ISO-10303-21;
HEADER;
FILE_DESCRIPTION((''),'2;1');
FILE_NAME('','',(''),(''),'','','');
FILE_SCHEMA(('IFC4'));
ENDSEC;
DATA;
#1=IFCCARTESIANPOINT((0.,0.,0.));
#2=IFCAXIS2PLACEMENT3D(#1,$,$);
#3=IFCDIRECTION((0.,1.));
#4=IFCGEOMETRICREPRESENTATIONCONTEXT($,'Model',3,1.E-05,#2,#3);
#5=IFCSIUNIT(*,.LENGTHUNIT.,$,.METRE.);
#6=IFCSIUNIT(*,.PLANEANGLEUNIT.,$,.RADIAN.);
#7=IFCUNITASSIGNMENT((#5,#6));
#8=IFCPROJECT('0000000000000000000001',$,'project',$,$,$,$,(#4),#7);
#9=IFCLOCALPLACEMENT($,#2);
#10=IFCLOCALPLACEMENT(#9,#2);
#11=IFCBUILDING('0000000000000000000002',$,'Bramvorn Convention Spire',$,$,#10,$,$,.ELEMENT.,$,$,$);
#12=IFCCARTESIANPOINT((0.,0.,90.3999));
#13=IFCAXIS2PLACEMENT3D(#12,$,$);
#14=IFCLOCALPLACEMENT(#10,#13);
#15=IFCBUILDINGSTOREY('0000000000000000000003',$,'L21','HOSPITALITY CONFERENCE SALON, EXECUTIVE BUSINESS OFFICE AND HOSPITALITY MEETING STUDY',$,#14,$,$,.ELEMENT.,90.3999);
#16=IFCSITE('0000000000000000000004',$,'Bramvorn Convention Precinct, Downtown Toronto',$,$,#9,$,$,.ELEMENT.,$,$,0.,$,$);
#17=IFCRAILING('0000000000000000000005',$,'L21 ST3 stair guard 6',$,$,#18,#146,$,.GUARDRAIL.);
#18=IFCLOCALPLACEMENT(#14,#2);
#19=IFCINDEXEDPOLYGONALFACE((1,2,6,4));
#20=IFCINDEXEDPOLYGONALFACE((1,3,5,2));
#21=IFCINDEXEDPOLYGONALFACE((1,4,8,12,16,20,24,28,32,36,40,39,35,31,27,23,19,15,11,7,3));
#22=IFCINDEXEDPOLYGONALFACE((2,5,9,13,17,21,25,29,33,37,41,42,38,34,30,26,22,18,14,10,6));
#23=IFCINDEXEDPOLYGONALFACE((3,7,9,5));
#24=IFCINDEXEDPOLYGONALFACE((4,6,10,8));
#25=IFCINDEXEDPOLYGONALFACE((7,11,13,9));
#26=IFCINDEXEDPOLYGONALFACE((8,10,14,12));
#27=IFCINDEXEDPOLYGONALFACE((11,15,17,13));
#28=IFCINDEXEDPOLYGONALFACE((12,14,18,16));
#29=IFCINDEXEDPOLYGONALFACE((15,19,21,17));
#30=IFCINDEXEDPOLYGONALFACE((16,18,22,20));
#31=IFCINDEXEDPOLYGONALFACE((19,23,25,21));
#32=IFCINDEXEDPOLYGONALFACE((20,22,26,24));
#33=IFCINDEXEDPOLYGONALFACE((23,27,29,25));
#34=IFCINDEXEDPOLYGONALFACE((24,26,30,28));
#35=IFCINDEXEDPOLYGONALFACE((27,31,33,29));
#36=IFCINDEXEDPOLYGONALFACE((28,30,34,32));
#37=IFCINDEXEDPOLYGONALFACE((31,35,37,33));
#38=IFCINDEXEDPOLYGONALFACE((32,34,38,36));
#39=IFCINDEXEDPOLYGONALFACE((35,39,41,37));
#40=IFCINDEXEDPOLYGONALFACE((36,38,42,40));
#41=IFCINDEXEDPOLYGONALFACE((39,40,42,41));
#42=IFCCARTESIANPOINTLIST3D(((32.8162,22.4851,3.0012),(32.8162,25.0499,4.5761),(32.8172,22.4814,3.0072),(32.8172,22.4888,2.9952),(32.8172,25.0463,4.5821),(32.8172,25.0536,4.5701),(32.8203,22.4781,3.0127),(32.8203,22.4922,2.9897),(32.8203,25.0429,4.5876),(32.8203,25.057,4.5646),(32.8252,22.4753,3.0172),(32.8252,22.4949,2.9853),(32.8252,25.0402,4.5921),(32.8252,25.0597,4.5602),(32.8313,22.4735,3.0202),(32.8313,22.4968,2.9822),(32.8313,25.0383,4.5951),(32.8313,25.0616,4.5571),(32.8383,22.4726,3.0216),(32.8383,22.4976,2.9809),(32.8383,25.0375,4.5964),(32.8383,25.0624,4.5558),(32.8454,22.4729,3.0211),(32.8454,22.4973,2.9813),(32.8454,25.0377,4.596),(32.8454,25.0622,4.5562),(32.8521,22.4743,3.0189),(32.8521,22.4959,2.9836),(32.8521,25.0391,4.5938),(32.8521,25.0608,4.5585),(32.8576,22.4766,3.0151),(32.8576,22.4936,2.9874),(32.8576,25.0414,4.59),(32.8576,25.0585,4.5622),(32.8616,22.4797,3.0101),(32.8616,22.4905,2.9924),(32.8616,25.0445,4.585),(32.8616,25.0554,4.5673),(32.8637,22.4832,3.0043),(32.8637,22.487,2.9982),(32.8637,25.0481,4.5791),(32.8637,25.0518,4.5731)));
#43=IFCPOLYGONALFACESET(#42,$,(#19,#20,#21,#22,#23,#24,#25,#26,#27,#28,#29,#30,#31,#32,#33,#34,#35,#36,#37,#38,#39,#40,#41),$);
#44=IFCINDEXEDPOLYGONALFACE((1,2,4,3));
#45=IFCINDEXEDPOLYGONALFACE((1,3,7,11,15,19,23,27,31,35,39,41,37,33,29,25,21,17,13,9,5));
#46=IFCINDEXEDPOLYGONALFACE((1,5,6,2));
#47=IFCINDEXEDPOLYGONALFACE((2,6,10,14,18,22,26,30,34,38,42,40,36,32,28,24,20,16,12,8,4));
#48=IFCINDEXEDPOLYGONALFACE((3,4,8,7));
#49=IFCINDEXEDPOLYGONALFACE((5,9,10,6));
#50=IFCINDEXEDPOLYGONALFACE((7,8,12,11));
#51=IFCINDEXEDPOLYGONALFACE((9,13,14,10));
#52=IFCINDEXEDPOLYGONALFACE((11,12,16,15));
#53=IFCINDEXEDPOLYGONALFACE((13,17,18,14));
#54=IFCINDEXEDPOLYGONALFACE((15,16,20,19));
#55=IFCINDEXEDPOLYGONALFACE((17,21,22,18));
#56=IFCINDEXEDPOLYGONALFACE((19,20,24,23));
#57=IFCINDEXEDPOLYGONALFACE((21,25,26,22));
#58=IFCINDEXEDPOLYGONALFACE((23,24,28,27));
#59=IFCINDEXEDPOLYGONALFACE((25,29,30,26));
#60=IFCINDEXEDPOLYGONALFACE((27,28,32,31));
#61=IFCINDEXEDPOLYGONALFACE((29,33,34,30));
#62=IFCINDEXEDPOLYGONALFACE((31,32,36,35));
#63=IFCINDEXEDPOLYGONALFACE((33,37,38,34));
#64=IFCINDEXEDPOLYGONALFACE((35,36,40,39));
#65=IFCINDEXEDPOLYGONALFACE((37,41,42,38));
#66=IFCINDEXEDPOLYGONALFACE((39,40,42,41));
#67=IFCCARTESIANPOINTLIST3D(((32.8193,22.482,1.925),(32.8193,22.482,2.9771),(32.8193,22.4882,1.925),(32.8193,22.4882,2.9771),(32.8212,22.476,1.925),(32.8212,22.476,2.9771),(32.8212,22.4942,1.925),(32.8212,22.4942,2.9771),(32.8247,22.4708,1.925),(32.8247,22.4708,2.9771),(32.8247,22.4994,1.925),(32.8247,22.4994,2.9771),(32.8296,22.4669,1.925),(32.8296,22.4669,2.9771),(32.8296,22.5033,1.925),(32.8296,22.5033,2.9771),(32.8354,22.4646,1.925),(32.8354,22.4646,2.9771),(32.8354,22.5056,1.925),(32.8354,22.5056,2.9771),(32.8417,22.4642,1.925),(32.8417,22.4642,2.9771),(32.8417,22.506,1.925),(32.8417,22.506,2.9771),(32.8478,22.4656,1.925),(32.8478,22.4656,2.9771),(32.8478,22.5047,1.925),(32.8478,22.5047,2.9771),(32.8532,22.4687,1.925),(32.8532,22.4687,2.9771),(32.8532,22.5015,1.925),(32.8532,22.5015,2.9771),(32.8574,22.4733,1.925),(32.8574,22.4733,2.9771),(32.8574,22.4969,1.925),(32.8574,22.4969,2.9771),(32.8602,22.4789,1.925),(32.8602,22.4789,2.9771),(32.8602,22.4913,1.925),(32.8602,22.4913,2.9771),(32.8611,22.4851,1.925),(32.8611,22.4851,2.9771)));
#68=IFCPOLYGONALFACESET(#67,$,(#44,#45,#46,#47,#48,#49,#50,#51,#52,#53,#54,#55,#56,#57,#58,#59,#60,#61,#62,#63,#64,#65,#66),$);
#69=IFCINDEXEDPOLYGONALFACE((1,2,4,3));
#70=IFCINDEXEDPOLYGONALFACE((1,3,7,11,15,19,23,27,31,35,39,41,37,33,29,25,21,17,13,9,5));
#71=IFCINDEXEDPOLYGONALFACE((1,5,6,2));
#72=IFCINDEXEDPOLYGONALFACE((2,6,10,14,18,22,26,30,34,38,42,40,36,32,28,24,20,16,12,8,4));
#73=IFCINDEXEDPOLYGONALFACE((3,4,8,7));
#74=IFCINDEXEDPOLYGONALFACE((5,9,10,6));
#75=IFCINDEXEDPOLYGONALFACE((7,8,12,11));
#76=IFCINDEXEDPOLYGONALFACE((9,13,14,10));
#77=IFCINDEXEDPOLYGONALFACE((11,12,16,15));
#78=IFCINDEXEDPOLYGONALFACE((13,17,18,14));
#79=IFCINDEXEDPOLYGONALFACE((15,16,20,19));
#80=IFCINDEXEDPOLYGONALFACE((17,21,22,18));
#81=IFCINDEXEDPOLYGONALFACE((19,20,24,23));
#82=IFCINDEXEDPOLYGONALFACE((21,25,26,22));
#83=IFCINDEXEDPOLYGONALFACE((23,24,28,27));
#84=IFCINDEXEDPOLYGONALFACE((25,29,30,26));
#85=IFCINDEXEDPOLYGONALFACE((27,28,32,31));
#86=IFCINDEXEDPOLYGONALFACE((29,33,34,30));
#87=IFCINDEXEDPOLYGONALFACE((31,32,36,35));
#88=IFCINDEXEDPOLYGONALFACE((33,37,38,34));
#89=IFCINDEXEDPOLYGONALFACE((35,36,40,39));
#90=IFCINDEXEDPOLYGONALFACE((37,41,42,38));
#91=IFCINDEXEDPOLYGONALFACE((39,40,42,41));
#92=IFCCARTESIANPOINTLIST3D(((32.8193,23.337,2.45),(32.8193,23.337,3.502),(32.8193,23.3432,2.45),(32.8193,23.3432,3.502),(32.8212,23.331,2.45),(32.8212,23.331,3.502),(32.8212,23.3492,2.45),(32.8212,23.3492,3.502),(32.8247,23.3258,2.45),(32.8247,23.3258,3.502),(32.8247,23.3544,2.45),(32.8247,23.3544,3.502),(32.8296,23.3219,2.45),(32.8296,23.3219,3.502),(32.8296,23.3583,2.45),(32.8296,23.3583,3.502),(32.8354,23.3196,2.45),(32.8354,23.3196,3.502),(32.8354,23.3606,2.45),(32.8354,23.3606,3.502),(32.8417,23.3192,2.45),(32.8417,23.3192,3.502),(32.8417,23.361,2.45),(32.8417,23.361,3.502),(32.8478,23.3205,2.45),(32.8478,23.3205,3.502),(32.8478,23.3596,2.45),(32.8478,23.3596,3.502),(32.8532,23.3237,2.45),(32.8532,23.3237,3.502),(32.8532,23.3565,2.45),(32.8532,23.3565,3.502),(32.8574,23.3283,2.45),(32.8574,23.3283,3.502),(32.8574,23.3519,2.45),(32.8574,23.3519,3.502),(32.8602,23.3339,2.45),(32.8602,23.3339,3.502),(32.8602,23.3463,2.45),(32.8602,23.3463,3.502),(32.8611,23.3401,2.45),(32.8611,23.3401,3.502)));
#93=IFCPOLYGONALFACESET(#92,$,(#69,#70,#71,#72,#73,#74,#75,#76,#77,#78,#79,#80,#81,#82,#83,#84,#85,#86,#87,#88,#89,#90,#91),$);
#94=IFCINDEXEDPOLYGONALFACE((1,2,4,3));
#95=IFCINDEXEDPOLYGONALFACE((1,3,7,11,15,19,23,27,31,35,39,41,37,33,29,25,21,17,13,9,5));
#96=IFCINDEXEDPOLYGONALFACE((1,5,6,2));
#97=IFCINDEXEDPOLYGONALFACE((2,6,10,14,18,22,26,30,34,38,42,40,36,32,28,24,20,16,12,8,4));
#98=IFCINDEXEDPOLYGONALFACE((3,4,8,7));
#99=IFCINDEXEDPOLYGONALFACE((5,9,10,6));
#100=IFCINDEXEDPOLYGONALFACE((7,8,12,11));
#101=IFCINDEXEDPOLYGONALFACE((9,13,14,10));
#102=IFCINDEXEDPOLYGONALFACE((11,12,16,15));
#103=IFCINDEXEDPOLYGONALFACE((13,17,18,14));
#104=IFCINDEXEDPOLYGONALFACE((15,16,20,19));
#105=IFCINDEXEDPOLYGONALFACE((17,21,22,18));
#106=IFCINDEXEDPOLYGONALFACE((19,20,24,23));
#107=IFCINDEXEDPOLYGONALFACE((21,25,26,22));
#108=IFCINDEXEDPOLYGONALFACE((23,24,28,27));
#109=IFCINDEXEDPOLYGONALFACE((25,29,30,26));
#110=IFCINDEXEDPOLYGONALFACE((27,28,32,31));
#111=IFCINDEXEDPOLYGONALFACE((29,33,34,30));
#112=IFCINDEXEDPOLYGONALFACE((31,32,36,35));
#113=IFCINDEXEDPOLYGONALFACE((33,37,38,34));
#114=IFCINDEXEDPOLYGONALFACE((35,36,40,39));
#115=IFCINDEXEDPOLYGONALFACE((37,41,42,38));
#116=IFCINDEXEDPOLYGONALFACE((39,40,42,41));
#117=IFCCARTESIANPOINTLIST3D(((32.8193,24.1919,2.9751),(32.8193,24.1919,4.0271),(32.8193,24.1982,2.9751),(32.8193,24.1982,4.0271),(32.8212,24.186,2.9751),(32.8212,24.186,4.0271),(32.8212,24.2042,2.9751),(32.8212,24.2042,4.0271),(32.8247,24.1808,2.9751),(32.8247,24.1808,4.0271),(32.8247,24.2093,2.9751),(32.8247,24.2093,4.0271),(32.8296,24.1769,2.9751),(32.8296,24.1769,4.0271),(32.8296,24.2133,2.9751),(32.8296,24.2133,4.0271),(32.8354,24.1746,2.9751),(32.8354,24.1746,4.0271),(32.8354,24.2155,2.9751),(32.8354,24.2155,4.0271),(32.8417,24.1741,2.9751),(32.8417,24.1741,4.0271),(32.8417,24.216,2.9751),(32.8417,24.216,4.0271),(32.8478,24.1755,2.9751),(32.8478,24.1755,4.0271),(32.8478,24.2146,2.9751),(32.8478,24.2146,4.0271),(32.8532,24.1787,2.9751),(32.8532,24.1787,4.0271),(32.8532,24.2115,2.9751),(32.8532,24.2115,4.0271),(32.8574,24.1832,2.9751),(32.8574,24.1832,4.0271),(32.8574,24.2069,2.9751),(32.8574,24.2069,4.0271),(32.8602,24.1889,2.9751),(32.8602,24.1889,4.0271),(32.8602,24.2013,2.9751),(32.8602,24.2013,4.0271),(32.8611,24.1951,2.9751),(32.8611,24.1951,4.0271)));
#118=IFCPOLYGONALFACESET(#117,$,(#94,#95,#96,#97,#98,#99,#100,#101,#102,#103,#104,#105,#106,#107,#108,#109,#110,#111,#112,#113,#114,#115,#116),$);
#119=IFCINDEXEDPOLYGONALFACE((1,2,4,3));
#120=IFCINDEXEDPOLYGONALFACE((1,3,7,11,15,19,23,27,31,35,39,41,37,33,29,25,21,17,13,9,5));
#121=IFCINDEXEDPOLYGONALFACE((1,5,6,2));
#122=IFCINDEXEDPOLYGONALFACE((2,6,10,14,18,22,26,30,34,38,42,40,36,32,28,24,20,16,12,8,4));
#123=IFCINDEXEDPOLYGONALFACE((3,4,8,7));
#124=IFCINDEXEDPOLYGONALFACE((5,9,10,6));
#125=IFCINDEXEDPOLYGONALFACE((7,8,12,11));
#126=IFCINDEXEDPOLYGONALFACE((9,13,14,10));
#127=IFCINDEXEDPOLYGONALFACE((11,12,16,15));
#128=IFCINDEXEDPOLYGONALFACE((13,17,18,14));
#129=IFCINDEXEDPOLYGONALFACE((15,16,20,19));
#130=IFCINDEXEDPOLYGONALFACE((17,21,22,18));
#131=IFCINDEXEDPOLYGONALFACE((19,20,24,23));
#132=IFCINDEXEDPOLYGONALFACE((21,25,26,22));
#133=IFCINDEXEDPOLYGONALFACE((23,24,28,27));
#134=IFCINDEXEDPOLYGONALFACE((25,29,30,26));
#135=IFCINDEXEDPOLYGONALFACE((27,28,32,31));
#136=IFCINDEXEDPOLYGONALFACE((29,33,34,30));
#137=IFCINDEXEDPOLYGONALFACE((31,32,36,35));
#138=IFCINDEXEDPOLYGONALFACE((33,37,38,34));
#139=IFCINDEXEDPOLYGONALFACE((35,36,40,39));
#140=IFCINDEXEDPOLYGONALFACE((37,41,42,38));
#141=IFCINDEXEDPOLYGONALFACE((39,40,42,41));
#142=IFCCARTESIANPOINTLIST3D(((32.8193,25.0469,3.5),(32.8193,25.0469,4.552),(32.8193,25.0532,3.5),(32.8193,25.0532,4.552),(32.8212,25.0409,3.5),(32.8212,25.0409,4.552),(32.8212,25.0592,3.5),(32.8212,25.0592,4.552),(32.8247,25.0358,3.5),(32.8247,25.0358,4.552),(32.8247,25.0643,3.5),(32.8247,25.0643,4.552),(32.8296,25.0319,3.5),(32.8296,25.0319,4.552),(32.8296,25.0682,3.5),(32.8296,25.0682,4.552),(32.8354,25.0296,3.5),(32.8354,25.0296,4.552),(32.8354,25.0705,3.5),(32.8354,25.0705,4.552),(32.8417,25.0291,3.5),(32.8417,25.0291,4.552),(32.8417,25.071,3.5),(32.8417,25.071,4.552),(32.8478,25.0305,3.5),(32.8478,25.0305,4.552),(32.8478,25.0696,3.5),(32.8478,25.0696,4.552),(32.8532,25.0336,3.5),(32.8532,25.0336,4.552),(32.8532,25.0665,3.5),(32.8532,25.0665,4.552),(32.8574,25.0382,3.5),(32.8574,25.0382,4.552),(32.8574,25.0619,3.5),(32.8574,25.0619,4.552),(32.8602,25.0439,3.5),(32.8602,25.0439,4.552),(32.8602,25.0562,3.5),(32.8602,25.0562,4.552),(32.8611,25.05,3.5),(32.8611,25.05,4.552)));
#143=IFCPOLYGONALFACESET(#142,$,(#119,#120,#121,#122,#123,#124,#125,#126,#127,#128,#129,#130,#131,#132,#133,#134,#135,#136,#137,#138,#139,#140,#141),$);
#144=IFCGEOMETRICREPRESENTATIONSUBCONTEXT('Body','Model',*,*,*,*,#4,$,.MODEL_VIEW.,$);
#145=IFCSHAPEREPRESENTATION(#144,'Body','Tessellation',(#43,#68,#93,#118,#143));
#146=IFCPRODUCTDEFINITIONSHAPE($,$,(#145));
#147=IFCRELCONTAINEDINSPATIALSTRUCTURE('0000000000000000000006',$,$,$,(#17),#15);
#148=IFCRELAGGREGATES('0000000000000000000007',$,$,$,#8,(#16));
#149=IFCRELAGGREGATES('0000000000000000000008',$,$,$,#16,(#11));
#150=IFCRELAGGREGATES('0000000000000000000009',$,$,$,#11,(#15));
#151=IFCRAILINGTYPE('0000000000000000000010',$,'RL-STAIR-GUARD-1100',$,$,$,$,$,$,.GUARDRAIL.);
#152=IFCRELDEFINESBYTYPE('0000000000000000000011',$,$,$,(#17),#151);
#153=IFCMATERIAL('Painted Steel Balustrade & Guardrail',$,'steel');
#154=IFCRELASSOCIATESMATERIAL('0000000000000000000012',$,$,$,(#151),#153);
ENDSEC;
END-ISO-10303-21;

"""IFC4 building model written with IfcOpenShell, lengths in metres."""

from ifc_helpers import new_model, si_unit, direction, frame, origin, origin_2d, place, context, subcontext, project, spatial, circle, extrude, material, type_object, element, save


model = new_model("IFC4")

# Units and contexts
model_context = context("Model", 3, precision=1e-05, world=origin(), true_north=direction((0.0, 1.0)))
body_context = subcontext(model_context, "Body", "Model", "MODEL_VIEW")
ifc_project = project(units=[si_unit("LENGTHUNIT", "METRE"), si_unit("PLANEANGLEUNIT", "RADIAN")], contexts=[model_context])

# Site, building, storey
site_placement = place(None, origin())
site = spatial("IfcSite", under=ifc_project, at=site_placement, Name="Bramvorn Convention Precinct, Downtown Toronto", CompositionType="ELEMENT", RefElevation=0.0)
building_placement = place(site_placement, origin())
building = spatial("IfcBuilding", under=site, at=building_placement, Name="Bramvorn Convention Spire", CompositionType="ELEMENT")
storey_placement = place(building_placement, frame((0.0, 0.0, 90.3999)))
storey = spatial("IfcBuildingStorey", under=building, at=storey_placement, Name="L21", Description="HOSPITALITY CONFERENCE SALON, EXECUTIVE BUSINESS OFFICE AND HOSPITALITY MEETING STUDY", CompositionType="ELEMENT", Elevation=90.3999)

# Railing
ifc_material_1 = material(Name="Painted Steel Balustrade & Guardrail", Category="steel")
railing_type_1 = type_object("IfcRailingType", Name="RL-STAIR-GUARD-1100", PredefinedType="GUARDRAIL", material=ifc_material_1)
railing_1_placement = place(storey_placement, frame((32.8401, 22.4851, 1.925)))
element("IfcRailing", 1, at=railing_1_placement, inside=storey, type_object=railing_type_1, Name="L21 ST3 stair guard 6", PredefinedType="GUARDRAIL", context=body_context, shape_type="SweptSolid", body=[
    extrude(circle(Radius=0.0239, at=origin_2d()), frame((0.0, 0.0, 1.0762), z_axis=(0.0, 0.852173, 0.52326), x_axis=(-1.0, 0.0, 0.0)), (0.0, 0.0, 1.0), 3.0098),
    extrude(circle(Radius=0.021, at=origin_2d()), origin(), (0.0, 0.0, 1.0), 1.052),
    extrude(circle(Radius=0.021, at=origin_2d()), frame((0.0, 0.855, 0.5249)), (0.0, 0.0, 1.0), 1.052),
    extrude(circle(Radius=0.021, at=origin_2d()), frame((0.0, 1.71, 1.05)), (0.0, 0.0, 1.0), 1.052),
    extrude(circle(Radius=0.021, at=origin_2d()), frame((0.0, 2.5649, 1.575)), (0.0, 0.0, 1.0), 1.052),
])

save(model, "model.ifc")
